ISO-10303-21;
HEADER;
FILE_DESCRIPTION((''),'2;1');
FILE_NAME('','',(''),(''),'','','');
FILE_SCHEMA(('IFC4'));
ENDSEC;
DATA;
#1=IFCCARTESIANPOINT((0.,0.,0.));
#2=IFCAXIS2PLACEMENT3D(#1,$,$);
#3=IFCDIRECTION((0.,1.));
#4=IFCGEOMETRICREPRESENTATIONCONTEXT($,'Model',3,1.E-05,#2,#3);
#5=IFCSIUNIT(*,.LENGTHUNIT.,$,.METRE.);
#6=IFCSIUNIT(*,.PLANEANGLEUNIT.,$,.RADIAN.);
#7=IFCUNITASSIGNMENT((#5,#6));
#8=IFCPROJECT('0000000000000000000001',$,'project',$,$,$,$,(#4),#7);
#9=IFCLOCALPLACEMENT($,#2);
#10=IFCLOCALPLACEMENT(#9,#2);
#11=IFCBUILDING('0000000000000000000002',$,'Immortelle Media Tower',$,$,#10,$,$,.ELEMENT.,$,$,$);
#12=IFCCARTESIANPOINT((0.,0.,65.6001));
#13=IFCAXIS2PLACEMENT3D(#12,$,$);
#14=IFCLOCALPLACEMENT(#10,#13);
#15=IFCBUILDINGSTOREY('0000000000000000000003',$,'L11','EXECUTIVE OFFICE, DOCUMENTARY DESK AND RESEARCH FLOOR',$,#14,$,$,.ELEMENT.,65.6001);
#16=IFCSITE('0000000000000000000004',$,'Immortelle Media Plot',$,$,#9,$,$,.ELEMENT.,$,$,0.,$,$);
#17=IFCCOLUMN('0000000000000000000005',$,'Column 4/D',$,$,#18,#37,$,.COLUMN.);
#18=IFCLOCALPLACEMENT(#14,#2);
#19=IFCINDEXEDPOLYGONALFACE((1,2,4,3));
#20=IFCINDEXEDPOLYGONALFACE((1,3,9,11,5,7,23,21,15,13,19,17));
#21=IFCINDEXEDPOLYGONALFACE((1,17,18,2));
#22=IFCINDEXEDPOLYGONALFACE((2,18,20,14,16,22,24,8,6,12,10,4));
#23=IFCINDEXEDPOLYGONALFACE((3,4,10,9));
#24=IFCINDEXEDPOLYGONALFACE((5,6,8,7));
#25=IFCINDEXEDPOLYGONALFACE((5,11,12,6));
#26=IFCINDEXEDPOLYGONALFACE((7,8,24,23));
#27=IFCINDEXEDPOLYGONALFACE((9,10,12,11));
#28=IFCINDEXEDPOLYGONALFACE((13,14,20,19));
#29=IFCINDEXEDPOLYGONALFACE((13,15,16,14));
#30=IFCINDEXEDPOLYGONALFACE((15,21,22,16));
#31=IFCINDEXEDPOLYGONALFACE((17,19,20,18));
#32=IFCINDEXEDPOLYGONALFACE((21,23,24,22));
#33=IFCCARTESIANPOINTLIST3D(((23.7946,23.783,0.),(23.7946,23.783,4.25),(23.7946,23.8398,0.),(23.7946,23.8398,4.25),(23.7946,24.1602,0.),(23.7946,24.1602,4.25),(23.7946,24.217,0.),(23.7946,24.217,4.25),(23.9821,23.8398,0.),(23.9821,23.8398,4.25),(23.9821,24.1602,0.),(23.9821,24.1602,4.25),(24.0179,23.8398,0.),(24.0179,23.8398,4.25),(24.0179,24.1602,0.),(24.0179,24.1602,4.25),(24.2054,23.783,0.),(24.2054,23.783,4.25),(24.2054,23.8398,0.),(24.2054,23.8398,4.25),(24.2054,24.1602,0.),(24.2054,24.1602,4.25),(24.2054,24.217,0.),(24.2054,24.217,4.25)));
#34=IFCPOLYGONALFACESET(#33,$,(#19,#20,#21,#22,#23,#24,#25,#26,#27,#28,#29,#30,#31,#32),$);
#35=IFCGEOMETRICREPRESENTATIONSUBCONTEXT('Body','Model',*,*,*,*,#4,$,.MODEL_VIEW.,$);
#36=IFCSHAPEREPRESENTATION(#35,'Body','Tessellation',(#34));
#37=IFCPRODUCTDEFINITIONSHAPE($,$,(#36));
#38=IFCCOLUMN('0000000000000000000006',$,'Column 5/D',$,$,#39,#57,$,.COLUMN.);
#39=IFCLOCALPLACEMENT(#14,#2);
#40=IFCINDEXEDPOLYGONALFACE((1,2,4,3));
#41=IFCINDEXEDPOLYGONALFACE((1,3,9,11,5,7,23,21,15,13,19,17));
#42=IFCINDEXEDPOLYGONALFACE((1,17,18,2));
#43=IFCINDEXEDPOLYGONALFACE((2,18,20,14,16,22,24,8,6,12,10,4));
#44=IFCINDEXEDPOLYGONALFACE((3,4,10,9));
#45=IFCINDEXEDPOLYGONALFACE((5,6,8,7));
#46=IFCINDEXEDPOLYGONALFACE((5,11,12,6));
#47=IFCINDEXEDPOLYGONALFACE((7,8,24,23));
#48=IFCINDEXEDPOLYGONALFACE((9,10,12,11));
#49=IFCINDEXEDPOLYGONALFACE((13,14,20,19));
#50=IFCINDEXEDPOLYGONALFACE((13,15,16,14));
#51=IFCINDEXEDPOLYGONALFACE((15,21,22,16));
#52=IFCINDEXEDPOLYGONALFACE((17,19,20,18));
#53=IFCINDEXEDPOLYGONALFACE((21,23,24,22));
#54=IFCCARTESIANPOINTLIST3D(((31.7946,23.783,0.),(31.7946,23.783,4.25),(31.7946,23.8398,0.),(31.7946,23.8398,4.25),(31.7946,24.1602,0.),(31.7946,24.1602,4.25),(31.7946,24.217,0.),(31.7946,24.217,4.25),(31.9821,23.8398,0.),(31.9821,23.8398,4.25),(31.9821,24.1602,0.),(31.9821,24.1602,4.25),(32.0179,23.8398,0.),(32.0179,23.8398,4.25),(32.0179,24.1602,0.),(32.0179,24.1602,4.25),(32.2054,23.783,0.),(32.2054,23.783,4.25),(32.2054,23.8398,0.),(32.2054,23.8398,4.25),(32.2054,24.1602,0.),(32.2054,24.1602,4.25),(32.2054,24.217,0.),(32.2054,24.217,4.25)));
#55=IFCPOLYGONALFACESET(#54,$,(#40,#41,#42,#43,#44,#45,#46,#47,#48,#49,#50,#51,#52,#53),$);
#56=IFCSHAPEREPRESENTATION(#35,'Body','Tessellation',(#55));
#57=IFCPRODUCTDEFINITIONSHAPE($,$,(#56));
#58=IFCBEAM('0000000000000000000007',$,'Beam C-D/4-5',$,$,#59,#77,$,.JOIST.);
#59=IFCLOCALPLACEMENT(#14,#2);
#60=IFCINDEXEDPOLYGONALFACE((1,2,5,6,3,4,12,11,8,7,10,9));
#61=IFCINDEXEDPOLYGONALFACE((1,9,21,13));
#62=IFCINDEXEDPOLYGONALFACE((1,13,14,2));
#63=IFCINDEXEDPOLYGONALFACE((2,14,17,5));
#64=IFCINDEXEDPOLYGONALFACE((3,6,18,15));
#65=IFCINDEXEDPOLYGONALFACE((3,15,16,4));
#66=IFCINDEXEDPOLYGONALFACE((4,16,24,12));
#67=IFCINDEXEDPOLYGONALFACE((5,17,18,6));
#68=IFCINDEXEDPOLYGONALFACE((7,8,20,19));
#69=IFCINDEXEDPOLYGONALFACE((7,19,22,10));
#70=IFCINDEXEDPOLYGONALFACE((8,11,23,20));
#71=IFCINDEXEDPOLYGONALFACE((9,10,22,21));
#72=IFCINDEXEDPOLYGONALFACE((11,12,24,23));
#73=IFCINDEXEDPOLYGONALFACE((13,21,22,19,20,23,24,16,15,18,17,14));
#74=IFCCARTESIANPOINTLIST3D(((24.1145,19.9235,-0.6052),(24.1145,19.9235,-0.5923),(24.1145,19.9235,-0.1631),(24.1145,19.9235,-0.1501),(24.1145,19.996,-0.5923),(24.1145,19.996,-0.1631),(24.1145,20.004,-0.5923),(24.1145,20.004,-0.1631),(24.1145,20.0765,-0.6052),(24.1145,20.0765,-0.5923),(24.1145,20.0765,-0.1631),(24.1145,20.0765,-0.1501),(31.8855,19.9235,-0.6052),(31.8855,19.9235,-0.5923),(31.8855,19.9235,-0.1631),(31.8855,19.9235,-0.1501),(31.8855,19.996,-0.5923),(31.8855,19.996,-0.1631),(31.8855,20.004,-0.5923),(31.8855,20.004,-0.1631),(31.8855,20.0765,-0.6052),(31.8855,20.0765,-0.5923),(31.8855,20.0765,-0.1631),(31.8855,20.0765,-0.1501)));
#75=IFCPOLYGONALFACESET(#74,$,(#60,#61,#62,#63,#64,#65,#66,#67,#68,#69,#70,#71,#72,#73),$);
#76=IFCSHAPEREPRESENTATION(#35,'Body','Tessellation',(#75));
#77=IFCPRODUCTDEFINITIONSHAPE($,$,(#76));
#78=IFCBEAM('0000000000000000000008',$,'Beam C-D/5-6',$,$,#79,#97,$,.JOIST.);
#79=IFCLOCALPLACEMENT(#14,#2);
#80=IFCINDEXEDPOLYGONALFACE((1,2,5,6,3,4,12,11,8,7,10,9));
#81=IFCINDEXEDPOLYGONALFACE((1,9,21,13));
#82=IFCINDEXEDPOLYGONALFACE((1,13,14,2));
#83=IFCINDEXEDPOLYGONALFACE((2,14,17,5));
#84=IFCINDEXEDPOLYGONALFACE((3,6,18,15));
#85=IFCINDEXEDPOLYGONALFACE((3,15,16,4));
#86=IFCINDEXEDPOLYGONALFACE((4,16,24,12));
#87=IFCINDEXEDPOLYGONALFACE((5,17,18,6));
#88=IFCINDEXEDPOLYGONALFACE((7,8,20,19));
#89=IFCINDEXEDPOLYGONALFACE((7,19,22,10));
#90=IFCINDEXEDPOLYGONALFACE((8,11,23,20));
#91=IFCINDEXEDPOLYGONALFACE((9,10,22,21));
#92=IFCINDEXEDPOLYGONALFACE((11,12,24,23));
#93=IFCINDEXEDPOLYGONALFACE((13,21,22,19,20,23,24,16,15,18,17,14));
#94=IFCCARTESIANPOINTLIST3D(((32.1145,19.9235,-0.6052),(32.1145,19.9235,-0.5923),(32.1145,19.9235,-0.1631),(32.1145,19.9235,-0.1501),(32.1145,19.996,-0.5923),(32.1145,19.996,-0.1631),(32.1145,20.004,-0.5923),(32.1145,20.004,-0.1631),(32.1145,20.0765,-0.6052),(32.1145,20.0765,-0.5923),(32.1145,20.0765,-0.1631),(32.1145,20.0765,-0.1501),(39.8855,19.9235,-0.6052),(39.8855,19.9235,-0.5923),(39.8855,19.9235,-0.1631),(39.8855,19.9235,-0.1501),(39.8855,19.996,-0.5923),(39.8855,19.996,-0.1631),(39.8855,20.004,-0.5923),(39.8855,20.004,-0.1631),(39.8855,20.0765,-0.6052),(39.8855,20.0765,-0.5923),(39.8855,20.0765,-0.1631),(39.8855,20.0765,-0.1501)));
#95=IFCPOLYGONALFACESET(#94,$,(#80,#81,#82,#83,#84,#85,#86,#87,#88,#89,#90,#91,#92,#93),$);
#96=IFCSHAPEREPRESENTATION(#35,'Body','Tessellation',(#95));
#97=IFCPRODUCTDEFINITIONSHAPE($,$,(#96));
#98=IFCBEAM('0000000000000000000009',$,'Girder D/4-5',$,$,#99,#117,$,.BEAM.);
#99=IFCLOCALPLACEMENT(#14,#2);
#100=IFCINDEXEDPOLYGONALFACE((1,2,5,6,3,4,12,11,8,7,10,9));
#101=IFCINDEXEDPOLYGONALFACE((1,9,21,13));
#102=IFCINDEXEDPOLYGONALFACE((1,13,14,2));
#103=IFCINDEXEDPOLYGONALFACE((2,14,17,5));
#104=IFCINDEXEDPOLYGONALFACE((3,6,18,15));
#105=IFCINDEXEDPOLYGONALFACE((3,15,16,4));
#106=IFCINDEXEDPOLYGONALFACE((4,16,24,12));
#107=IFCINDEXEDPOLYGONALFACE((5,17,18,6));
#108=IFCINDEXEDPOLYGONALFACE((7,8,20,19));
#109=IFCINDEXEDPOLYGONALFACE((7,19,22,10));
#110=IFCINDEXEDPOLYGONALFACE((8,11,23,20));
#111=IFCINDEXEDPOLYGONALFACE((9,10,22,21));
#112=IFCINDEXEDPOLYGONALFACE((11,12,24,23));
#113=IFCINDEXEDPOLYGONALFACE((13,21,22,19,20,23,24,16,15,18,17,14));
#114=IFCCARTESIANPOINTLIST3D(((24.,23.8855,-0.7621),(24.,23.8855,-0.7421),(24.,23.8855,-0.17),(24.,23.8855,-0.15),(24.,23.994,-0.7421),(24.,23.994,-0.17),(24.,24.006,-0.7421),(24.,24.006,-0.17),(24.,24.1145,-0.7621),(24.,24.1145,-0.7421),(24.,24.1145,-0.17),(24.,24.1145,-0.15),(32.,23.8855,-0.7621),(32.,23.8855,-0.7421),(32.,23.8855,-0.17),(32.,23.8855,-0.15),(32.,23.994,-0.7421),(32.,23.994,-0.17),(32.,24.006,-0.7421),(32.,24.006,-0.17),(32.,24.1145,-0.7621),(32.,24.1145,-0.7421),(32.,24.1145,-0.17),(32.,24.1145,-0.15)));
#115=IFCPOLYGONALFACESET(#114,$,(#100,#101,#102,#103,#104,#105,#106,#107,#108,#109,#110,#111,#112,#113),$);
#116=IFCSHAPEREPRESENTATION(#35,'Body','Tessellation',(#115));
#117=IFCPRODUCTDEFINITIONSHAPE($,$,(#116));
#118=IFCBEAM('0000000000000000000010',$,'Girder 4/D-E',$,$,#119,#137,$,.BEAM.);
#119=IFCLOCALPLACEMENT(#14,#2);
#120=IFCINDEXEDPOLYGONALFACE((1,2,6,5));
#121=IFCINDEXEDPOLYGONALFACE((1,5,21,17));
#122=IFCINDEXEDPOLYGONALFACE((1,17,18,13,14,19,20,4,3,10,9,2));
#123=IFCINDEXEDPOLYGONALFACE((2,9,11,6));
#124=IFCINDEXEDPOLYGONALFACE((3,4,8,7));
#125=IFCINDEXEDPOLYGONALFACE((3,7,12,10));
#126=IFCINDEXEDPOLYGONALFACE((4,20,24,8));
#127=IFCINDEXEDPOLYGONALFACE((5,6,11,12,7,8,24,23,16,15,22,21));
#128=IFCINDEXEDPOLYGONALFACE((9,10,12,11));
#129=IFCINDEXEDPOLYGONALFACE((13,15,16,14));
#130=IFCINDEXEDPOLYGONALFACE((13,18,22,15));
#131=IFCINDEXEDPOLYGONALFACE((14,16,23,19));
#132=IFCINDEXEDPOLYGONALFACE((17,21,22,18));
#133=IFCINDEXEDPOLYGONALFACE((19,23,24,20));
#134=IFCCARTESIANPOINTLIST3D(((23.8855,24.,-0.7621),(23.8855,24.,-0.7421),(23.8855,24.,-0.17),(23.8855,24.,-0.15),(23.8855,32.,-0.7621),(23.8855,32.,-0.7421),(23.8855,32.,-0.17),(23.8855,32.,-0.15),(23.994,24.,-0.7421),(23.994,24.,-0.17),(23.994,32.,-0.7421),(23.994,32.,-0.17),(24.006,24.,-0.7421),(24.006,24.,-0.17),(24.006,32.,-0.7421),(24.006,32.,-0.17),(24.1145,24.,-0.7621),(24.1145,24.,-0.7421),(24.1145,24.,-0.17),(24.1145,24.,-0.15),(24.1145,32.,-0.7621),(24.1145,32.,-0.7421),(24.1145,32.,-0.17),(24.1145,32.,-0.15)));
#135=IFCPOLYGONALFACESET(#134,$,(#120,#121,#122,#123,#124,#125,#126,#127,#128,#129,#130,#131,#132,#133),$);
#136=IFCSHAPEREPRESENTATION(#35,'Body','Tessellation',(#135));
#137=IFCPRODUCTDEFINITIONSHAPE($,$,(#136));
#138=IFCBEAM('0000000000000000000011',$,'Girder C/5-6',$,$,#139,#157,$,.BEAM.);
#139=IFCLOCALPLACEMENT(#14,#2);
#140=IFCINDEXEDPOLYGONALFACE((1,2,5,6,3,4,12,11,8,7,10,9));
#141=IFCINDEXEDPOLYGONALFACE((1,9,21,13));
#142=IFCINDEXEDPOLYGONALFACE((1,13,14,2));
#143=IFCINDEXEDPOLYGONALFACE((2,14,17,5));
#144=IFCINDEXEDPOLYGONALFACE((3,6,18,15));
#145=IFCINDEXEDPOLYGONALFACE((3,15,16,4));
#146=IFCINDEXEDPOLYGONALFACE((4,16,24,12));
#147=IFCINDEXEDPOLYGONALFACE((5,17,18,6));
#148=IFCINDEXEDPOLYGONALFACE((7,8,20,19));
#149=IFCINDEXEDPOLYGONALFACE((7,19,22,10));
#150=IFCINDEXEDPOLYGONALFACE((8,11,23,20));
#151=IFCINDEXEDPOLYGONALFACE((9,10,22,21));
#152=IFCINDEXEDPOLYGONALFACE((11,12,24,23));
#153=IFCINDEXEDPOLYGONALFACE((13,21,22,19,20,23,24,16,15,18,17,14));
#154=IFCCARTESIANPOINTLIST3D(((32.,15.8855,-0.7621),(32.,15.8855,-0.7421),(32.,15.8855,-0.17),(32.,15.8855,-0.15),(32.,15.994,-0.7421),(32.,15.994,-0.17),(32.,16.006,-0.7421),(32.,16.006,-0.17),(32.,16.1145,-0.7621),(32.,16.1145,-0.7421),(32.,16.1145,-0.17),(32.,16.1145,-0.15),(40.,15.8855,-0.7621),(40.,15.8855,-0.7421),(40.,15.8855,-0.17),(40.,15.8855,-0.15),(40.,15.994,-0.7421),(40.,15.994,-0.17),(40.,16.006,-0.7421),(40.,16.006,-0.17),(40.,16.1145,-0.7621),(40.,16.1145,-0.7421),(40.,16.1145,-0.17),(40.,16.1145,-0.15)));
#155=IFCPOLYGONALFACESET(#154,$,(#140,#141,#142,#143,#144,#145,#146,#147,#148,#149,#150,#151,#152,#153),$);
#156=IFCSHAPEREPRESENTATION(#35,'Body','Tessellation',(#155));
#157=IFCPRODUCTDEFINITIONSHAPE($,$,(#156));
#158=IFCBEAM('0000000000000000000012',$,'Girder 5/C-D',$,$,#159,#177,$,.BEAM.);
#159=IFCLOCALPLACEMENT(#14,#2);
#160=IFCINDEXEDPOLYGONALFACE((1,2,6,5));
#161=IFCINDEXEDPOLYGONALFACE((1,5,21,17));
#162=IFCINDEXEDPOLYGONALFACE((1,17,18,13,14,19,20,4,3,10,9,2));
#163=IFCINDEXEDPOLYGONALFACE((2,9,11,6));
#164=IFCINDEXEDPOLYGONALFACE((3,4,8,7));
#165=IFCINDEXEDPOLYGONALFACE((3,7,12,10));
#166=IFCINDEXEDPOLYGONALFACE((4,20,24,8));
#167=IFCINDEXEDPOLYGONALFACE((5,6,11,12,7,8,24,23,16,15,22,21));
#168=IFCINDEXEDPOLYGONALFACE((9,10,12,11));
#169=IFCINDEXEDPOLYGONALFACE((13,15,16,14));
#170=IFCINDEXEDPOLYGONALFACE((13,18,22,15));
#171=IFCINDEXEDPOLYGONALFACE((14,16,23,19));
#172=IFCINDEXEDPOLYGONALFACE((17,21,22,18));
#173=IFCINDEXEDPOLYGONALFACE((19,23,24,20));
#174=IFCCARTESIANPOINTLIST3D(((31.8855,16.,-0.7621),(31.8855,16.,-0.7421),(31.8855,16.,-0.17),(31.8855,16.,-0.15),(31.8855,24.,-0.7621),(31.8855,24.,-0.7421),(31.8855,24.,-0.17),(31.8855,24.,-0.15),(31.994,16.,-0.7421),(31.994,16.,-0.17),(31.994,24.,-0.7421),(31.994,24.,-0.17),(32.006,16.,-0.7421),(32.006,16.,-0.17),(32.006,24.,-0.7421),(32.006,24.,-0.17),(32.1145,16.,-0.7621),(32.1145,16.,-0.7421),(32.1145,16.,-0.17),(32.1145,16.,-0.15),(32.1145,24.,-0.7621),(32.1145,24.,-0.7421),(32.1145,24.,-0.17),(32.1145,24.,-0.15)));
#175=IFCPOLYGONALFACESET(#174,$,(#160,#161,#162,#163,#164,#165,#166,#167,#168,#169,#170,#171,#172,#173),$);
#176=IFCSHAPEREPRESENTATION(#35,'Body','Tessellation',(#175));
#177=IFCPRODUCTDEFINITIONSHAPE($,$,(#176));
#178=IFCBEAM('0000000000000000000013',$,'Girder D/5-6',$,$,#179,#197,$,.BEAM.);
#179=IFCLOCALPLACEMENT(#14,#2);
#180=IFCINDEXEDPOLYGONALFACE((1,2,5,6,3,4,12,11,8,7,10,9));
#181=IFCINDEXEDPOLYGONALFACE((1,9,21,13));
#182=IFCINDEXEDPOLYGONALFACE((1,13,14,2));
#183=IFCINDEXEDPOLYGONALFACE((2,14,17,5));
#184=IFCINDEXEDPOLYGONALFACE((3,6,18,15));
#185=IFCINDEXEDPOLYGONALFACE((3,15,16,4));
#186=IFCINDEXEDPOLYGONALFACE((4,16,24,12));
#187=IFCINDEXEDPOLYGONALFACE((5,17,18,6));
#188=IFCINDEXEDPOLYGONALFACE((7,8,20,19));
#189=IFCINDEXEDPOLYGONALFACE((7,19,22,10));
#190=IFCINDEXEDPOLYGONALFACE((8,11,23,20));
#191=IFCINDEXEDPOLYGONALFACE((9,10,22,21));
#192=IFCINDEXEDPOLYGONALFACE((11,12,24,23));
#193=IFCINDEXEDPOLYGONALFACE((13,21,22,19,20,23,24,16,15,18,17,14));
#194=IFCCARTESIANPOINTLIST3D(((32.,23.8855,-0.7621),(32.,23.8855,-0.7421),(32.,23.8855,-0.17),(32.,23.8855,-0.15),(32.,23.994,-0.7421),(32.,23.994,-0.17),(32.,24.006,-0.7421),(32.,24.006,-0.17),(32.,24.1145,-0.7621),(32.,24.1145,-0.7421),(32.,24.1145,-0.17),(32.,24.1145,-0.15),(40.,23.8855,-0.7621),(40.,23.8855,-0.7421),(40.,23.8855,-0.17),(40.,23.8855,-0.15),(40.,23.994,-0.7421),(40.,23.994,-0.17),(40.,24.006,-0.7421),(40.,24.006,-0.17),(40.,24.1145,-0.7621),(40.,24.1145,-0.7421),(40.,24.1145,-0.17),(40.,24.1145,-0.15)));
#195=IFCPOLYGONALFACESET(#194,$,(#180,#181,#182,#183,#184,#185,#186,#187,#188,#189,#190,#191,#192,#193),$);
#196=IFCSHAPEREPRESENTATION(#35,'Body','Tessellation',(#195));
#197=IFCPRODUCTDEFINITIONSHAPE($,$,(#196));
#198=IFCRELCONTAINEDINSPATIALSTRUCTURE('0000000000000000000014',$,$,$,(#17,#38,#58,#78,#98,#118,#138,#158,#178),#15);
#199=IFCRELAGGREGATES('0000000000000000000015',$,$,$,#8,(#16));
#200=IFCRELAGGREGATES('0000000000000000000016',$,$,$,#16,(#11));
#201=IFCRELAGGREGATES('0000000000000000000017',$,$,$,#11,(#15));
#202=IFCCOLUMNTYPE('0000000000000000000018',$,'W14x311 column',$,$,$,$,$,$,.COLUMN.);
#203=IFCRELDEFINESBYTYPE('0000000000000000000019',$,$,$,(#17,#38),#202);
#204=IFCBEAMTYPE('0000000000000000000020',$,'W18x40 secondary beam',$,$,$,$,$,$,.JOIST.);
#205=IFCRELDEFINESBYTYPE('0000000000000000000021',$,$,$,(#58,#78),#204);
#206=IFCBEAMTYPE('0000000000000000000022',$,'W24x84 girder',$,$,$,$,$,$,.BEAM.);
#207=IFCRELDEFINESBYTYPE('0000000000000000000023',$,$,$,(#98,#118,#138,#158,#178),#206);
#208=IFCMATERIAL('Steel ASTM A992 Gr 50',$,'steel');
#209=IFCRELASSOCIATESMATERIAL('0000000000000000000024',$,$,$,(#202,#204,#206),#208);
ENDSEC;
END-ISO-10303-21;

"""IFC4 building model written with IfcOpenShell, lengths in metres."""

from ifc_helpers import new_model, si_unit, direction, frame, origin, origin_2d, place, context, subcontext, project, spatial, i_section, extrude, material, material_profile, profile_set, type_object, element, save


model = new_model("IFC4")

# Units and contexts
model_context = context("Model", 3, precision=1e-05, world=origin(), true_north=direction((0.0, 1.0)))
body_context = subcontext(model_context, "Body", "Model", "MODEL_VIEW")
ifc_project = project(units=[si_unit("LENGTHUNIT", "METRE"), si_unit("PLANEANGLEUNIT", "RADIAN")], contexts=[model_context])

# Site, building, storey
site_placement = place(None, origin())
site = spatial("IfcSite", under=ifc_project, at=site_placement, Name="Immortelle Media Plot", CompositionType="ELEMENT", RefElevation=0.0)
building_placement = place(site_placement, origin())
building = spatial("IfcBuilding", under=site, at=building_placement, Name="Immortelle Media Tower", CompositionType="ELEMENT")
storey_placement = place(building_placement, frame((0.0, 0.0, 65.6001)))
storey = spatial("IfcBuildingStorey", under=building, at=storey_placement, Name="L11", Description="EXECUTIVE OFFICE, DOCUMENTARY DESK AND RESEARCH FLOOR", CompositionType="ELEMENT", Elevation=65.6001)

# Columns
ifc_material_1 = material(Name="Steel ASTM A992 Gr 50", Category="steel")
ifc_material_profile_1 = material_profile(ifc_material_1, i_section(OverallWidth=0.4109, OverallDepth=0.4341, WebThickness=0.0359, FlangeThickness=0.0569, at=origin_2d()), Name="W14x311")
ifc_profile_set_1 = profile_set([ifc_material_profile_1], Name="Steel ASTM A992 Gr 50")
column_type = type_object("IfcColumnType", Name="W14x311 column", PredefinedType="COLUMN", material=ifc_profile_set_1)
for number, where, z_axis, x_axis, name in (
    (1, (24.0, 24.0, 0.0), (0.0, 0.0, 1.0), (1.0, 0.0, 0.0), "Column 4/D"),
    (2, (32.0, 24.0, 0.0), (0.0, 0.0, 1.0), (1.0, 0.0, 0.0), "Column 5/D"),
):
    element("IfcColumn", number, at=place(storey_placement, frame(where, z_axis=z_axis, x_axis=x_axis)), inside=storey, type_object=column_type, Name=name, PredefinedType="COLUMN", context=body_context, shape_type="SweptSolid", body=[
        extrude(i_section(OverallWidth=0.4109, OverallDepth=0.4341, WebThickness=0.0359, FlangeThickness=0.0569, at=origin_2d()), origin(), (0.0, 0.0, 1.0), 4.25),
    ])

# Beams
ifc_material_profile_2 = material_profile(ifc_material_1, i_section(OverallWidth=0.1531, OverallDepth=0.4551, WebThickness=0.0081, FlangeThickness=0.0129, at=origin_2d()), Name="W18x40")
ifc_profile_set_2 = profile_set([ifc_material_profile_2], Name="Steel ASTM A992 Gr 50")
beam_type_1 = type_object("IfcBeamType", Name="W18x40 secondary beam", PredefinedType="JOIST", material=ifc_profile_set_2)
for number, where, z_axis, x_axis, name in (
    (3, (24.1145, 20.0, -0.3777), (1.0, 0.0, 0.0), (0.0, 1.0, 0.0), "Beam C-D/4-5"),
    (4, (32.1145, 20.0, -0.3777), (1.0, 0.0, 0.0), (0.0, 1.0, 0.0), "Beam C-D/5-6"),
):
    element("IfcBeam", number, at=place(storey_placement, frame(where, z_axis=z_axis, x_axis=x_axis)), inside=storey, type_object=beam_type_1, Name=name, PredefinedType="JOIST", context=body_context, shape_type="SweptSolid", body=[
        extrude(i_section(OverallWidth=0.1531, OverallDepth=0.4551, WebThickness=0.0081, FlangeThickness=0.0129, at=origin_2d()), origin(), (0.0, 0.0, 1.0), 7.771),
    ])
ifc_material_profile_3 = material_profile(ifc_material_1, i_section(OverallWidth=0.229, OverallDepth=0.6121, WebThickness=0.012, FlangeThickness=0.02, at=origin_2d()), Name="W24x84")
ifc_profile_set_3 = profile_set([ifc_material_profile_3], Name="Steel ASTM A992 Gr 50")
beam_type_2 = type_object("IfcBeamType", Name="W24x84 girder", PredefinedType="BEAM", material=ifc_profile_set_3)
for number, where, z_axis, x_axis, name in (
    (5, (24.0, 24.0, -0.4561), (1.0, 0.0, 0.0), (0.0, 1.0, 0.0), "Girder D/4-5"),
    (6, (24.0, 24.0, -0.4561), (0.0, 1.0, 0.0), (-1.0, 0.0, 0.0), "Girder 4/D-E"),
    (7, (32.0, 16.0, -0.4561), (1.0, 0.0, 0.0), (0.0, 1.0, 0.0), "Girder C/5-6"),
    (8, (32.0, 16.0, -0.4561), (0.0, 1.0, 0.0), (-1.0, 0.0, 0.0), "Girder 5/C-D"),
    (9, (32.0, 24.0, -0.4561), (1.0, 0.0, 0.0), (0.0, 1.0, 0.0), "Girder D/5-6"),
):
    element("IfcBeam", number, at=place(storey_placement, frame(where, z_axis=z_axis, x_axis=x_axis)), inside=storey, type_object=beam_type_2, Name=name, PredefinedType="BEAM", context=body_context, shape_type="SweptSolid", body=[
        extrude(i_section(OverallWidth=0.229, OverallDepth=0.6121, WebThickness=0.012, FlangeThickness=0.02, at=origin_2d()), origin(), (0.0, 0.0, 1.0), 8.0),
    ])

save(model, "model.ifc")
